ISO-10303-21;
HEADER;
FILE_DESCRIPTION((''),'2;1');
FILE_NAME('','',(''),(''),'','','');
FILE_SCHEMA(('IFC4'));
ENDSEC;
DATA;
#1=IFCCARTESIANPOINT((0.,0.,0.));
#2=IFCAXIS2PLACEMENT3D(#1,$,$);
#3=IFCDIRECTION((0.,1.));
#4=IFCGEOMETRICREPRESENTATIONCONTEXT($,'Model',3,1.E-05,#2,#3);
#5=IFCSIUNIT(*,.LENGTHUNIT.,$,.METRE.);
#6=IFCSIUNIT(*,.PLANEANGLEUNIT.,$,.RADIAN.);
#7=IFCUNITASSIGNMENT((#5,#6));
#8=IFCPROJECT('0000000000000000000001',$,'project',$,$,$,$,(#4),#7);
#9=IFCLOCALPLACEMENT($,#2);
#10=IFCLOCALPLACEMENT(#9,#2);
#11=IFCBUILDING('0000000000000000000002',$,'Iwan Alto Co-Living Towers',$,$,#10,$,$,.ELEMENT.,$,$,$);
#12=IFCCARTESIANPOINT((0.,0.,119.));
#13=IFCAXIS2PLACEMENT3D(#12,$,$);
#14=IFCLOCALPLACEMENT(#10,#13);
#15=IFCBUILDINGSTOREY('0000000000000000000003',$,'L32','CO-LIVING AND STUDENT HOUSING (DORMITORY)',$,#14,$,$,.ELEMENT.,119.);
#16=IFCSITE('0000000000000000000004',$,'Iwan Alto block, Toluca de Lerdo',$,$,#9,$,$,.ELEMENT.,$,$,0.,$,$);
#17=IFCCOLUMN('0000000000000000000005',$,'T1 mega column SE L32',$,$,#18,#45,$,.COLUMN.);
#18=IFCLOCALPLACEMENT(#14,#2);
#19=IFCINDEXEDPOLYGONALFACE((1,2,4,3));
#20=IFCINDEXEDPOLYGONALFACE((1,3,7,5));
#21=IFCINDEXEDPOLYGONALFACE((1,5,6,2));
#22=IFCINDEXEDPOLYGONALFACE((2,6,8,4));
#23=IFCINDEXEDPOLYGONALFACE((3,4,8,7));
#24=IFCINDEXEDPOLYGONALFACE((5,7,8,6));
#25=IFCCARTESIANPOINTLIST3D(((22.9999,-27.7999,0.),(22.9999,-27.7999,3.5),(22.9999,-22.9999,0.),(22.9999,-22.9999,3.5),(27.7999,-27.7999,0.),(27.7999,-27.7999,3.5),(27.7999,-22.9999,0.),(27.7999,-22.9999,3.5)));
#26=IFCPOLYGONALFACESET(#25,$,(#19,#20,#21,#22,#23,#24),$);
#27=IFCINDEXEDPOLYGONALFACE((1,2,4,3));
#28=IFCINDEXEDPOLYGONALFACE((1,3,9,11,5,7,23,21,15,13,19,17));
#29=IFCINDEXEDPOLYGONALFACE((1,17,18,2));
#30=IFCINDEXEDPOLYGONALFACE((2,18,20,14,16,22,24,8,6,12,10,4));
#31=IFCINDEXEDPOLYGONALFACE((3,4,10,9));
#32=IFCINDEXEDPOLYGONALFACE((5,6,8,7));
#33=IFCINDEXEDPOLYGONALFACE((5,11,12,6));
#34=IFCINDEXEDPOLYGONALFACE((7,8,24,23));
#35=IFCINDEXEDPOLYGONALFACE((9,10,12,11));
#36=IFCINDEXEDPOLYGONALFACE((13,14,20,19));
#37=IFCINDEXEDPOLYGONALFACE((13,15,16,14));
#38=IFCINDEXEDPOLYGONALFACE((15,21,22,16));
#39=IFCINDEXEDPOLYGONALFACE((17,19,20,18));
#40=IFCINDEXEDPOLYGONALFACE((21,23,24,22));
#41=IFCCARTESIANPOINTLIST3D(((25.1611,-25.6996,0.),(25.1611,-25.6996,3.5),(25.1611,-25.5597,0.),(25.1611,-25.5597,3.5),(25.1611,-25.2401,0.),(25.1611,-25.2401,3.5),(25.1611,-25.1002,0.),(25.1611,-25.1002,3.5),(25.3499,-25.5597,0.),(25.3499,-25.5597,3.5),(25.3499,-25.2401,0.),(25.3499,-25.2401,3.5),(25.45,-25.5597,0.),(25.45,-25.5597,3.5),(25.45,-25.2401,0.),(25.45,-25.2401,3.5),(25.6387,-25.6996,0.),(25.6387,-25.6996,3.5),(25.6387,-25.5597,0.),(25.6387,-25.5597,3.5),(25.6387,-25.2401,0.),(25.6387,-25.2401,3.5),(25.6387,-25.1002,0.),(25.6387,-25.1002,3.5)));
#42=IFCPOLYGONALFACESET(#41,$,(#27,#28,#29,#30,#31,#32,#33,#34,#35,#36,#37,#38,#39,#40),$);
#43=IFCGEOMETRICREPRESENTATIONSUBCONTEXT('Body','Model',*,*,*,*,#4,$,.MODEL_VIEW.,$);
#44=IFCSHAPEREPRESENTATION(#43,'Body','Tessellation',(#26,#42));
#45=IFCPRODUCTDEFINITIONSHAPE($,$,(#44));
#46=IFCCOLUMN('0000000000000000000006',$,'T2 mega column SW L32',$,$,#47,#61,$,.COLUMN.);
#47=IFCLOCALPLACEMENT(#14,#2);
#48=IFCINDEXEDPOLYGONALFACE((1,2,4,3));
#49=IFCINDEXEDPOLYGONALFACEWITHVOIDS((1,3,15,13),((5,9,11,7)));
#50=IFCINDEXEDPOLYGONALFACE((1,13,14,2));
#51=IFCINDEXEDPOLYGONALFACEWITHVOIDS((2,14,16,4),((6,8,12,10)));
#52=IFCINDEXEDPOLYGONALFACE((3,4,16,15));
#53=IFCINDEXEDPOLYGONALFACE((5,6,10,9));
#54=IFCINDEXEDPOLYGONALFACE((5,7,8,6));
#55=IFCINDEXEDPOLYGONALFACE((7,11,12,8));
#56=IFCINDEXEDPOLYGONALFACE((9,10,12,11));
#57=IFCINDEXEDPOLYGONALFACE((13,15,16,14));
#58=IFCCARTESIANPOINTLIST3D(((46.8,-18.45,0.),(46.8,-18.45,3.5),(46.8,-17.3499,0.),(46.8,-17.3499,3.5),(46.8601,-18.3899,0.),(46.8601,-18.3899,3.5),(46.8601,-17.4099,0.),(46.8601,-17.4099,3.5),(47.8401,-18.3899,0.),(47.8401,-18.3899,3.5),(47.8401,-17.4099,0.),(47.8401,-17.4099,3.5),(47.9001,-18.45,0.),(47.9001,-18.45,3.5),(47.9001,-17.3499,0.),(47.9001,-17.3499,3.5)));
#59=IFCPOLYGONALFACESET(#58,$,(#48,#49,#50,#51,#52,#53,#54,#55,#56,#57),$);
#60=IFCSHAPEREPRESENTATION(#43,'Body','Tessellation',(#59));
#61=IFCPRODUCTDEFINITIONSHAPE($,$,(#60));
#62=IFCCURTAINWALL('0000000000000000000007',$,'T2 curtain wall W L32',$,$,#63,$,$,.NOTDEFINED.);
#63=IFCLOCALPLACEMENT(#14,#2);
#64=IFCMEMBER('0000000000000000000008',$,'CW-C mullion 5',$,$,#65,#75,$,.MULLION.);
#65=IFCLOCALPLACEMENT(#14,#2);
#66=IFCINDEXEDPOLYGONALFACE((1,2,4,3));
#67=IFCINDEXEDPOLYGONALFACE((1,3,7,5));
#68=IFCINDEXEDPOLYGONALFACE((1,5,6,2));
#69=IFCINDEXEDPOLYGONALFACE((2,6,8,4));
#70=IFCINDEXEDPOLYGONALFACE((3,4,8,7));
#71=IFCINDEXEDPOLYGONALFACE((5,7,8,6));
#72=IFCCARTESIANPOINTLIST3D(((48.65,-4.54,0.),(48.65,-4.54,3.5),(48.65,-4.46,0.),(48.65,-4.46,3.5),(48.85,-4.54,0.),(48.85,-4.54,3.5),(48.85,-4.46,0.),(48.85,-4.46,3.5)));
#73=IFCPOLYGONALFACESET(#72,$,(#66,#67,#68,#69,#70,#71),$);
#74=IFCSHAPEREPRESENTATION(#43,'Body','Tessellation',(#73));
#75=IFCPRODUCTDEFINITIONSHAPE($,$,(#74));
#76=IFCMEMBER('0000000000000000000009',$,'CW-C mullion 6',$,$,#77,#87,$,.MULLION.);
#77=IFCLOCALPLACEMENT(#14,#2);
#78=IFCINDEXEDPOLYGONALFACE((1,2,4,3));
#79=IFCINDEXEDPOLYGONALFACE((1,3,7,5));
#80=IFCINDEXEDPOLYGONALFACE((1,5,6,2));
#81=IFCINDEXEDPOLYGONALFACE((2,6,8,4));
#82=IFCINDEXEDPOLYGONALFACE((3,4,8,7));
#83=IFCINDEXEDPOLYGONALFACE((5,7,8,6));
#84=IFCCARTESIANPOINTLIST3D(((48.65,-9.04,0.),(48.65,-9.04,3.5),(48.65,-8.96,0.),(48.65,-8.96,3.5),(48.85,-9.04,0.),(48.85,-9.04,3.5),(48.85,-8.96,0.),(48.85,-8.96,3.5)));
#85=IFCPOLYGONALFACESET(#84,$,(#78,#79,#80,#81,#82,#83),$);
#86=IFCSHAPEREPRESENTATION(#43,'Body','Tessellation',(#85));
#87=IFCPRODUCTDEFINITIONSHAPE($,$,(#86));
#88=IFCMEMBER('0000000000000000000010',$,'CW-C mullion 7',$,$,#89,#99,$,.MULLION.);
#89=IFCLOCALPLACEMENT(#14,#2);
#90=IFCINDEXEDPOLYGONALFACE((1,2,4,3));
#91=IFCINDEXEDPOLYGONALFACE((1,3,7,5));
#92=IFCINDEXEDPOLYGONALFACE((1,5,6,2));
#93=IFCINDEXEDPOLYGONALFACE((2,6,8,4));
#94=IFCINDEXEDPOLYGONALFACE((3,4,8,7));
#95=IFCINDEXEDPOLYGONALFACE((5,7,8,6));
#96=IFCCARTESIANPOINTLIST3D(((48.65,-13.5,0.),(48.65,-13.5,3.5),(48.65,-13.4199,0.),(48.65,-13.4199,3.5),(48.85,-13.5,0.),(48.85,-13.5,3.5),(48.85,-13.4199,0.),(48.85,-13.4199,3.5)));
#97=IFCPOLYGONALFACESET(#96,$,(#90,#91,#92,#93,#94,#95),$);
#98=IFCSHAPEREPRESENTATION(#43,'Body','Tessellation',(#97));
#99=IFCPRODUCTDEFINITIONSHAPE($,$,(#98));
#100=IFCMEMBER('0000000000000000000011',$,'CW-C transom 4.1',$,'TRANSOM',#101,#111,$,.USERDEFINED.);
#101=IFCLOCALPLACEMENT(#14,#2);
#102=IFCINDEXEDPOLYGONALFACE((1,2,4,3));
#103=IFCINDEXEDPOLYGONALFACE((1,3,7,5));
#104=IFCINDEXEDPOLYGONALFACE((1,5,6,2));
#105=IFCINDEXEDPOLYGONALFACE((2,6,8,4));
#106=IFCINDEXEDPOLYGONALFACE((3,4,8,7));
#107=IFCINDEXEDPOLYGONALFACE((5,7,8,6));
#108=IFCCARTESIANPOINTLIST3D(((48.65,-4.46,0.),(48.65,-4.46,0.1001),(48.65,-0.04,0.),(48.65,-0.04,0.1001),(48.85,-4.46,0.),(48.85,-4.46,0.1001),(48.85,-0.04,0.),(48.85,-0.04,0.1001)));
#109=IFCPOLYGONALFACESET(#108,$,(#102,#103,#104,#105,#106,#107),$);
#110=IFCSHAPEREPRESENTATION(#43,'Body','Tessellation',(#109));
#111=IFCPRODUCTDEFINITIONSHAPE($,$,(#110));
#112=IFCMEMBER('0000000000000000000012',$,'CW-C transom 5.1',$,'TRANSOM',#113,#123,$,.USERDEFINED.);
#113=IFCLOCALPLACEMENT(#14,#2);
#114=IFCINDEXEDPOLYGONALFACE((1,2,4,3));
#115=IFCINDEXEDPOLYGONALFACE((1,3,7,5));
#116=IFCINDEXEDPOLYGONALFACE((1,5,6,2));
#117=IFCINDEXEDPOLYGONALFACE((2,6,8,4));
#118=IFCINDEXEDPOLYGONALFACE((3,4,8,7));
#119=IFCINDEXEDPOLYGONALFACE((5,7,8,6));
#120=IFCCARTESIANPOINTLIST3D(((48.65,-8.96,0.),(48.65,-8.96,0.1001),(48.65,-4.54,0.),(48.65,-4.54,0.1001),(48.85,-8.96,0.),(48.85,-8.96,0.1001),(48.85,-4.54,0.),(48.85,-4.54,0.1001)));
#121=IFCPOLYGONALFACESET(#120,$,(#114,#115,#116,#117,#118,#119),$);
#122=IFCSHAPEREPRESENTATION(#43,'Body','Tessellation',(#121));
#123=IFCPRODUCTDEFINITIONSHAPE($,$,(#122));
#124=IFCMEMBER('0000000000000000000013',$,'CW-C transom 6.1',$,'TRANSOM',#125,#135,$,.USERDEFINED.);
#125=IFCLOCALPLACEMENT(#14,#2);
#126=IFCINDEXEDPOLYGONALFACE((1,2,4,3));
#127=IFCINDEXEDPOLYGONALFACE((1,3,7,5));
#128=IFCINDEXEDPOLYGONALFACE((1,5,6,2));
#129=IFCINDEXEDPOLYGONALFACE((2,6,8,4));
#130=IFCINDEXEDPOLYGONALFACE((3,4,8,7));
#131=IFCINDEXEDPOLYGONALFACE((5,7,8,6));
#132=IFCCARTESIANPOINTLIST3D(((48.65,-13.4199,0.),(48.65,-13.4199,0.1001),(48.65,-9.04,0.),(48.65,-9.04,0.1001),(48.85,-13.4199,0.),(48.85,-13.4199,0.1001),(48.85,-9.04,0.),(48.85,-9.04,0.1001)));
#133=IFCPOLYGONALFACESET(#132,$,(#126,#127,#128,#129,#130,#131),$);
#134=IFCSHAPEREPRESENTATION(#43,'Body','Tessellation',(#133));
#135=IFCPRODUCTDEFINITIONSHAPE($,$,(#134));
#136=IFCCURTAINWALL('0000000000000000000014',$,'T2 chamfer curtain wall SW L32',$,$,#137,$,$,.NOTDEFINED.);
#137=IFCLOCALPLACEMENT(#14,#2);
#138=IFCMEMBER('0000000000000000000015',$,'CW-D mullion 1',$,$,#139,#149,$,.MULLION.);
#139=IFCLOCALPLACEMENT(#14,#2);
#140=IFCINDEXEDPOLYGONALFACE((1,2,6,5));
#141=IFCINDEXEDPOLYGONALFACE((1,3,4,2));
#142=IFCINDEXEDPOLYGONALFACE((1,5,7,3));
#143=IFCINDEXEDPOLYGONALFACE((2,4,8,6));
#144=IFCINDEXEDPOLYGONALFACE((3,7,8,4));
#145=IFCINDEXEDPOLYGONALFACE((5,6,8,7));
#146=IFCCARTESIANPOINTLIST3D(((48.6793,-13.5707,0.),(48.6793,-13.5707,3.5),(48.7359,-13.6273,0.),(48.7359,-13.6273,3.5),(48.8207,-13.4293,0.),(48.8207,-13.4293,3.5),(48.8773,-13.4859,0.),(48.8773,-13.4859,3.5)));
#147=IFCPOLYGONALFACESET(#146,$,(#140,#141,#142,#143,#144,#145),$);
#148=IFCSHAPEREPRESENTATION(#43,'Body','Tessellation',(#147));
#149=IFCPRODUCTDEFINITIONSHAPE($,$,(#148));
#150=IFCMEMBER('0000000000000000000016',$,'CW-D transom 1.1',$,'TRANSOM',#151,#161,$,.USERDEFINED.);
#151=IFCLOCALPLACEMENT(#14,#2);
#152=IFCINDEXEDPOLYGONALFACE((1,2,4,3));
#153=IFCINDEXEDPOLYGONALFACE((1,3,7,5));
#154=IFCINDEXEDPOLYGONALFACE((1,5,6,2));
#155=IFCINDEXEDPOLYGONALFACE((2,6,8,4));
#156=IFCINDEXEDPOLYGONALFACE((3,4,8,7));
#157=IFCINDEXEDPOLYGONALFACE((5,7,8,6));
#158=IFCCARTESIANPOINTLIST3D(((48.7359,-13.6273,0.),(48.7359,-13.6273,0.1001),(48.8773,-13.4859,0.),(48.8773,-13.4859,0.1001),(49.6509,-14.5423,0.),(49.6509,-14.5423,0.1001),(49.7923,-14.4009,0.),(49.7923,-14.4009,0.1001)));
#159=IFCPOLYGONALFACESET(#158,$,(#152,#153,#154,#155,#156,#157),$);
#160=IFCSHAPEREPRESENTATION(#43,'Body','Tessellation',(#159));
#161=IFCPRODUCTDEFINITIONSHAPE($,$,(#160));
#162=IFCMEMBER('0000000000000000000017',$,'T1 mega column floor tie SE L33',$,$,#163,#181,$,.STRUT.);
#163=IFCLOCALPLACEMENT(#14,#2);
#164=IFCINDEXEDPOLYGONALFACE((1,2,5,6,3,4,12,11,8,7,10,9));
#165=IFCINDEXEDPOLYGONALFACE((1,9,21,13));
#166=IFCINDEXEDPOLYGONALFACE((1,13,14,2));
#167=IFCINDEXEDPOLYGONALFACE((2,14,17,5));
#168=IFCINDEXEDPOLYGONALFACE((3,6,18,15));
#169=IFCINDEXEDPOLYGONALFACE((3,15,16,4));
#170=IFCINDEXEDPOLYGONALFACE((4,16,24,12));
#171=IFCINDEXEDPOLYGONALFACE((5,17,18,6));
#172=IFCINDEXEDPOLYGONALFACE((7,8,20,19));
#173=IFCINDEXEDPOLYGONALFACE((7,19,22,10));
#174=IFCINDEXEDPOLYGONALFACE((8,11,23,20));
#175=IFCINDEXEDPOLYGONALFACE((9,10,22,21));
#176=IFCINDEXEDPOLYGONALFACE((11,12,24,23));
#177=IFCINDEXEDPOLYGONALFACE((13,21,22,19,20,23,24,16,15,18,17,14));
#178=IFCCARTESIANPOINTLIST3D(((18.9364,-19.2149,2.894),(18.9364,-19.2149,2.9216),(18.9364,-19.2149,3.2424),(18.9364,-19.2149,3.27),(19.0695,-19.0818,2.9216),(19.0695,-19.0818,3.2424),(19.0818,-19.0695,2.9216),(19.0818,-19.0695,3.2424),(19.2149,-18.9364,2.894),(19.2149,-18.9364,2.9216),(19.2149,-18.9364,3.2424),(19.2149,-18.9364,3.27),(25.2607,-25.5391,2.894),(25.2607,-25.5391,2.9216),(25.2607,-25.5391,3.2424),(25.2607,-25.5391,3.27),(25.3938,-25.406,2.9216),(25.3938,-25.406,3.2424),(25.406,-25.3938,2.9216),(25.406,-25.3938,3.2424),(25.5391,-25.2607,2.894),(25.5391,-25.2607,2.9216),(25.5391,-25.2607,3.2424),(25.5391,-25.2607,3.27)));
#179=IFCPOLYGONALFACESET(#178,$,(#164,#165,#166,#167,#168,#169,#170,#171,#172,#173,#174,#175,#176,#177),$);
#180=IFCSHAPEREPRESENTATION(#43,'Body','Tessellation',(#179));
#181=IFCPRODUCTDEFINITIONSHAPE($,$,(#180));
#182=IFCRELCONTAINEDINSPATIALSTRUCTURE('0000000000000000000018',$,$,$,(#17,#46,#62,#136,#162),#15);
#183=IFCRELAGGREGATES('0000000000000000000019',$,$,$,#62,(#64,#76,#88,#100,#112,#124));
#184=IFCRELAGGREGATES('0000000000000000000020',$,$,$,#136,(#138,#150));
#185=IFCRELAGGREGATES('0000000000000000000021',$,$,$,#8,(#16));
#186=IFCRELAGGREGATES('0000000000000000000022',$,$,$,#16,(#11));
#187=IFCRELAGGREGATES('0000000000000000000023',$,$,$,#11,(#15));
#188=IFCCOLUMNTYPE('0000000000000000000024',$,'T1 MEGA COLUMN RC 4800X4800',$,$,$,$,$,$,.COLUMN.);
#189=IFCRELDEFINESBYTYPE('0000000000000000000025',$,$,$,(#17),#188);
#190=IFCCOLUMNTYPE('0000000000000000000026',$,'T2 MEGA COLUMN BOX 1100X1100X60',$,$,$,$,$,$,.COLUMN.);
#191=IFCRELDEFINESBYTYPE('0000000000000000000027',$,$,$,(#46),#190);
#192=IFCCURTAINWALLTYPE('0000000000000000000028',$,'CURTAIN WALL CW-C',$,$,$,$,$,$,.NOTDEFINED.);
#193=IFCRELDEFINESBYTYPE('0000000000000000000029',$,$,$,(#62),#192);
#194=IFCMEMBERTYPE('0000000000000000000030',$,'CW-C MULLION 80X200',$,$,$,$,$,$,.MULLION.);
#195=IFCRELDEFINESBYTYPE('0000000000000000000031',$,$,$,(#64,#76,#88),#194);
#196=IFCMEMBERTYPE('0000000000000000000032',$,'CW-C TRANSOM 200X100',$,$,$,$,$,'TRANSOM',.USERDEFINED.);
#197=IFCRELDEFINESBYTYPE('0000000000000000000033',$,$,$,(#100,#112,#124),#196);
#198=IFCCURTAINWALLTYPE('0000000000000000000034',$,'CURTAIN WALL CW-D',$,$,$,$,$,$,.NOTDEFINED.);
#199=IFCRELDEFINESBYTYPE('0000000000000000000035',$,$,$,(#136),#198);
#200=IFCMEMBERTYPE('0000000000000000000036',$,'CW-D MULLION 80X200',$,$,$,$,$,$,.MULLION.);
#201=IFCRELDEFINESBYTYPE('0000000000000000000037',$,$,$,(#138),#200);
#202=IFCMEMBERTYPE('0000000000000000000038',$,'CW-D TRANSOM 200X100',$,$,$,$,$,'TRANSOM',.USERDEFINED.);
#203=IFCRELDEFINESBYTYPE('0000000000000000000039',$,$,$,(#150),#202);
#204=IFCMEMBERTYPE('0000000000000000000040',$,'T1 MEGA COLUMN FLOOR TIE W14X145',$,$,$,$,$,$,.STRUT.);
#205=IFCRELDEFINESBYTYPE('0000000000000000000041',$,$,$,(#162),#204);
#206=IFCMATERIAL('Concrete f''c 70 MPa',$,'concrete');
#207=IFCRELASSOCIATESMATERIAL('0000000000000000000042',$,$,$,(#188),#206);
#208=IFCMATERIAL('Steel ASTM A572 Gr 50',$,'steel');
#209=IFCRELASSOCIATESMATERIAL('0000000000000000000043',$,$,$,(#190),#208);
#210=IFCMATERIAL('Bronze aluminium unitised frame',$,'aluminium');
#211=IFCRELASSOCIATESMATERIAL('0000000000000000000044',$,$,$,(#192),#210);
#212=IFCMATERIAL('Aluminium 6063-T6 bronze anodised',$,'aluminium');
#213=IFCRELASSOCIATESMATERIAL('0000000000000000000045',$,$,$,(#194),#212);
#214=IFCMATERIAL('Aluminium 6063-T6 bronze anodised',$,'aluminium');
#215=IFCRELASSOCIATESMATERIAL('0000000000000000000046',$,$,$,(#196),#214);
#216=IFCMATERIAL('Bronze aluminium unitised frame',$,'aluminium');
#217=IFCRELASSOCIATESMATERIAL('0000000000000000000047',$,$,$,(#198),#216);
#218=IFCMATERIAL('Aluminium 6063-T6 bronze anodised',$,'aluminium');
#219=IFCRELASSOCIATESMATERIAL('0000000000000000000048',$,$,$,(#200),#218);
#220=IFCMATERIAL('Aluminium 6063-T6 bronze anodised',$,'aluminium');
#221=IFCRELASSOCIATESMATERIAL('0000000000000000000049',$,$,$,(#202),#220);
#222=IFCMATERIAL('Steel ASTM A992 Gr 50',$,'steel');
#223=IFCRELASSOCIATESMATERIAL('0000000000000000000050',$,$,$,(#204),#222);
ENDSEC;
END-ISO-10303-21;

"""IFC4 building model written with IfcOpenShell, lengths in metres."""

from ifc_helpers import new_model, si_unit, direction, frame, origin, origin_2d, place, context, subcontext, project, spatial, rectangle, hollow_rectangle, i_section, extrude, material, material_profile, profile_set, type_object, element, aggregate, save


model = new_model("IFC4")

# Units and contexts
model_context = context("Model", 3, precision=1e-05, world=origin(), true_north=direction((0.0, 1.0)))
body_context = subcontext(model_context, "Body", "Model", "MODEL_VIEW")
ifc_project = project(units=[si_unit("LENGTHUNIT", "METRE"), si_unit("PLANEANGLEUNIT", "RADIAN")], contexts=[model_context])

# Site, building, storey
site_placement = place(None, origin())
site = spatial("IfcSite", under=ifc_project, at=site_placement, Name="Iwan Alto block, Toluca de Lerdo", CompositionType="ELEMENT", RefElevation=0.0)
building_placement = place(site_placement, origin())
building = spatial("IfcBuilding", under=site, at=building_placement, Name="Iwan Alto Co-Living Towers", CompositionType="ELEMENT")
storey_placement = place(building_placement, frame((0.0, 0.0, 119.0)))
storey = spatial("IfcBuildingStorey", under=building, at=storey_placement, Name="L32", Description="CO-LIVING AND STUDENT HOUSING (DORMITORY)", CompositionType="ELEMENT", Elevation=119.0)

# Columns
ifc_material_1 = material(Name="Concrete f'c 70 MPa", Category="concrete")
ifc_material_profile_1 = material_profile(ifc_material_1, rectangle(XDim=4.8, YDim=4.8, at=origin_2d()), Name="RC 4800X4800")
ifc_profile_set_1 = profile_set([ifc_material_profile_1], Name="Concrete f'c 70 MPa")
column_type_1 = type_object("IfcColumnType", Name="T1 MEGA COLUMN RC 4800X4800", PredefinedType="COLUMN", material=ifc_profile_set_1)
column_1_placement = place(storey_placement, frame((25.3999, -25.3999, 0.0), z_axis=(0.0, 0.0, 1.0), x_axis=(1.0, 0.0, 0.0)))
element("IfcColumn", 1, at=column_1_placement, inside=storey, type_object=column_type_1, Name="T1 mega column SE L32", PredefinedType="COLUMN", context=body_context, shape_type="SweptSolid", body=[
    extrude(rectangle(XDim=4.8, YDim=4.8, at=origin_2d()), origin(), (0.0, 0.0, 1.0), 3.5),
    extrude(i_section(OverallWidth=0.4775, OverallDepth=0.5994, WebThickness=0.1001, FlangeThickness=0.1399, at=origin_2d()), origin(), (0.0, 0.0, 1.0), 3.5),
])
ifc_material_2 = material(Name="Steel ASTM A572 Gr 50", Category="steel")
ifc_material_profile_2 = material_profile(ifc_material_2, hollow_rectangle(XDim=1.1001, YDim=1.1001, WallThickness=0.0601, at=origin_2d()), Name="BOX 1100X1100X60")
ifc_profile_set_2 = profile_set([ifc_material_profile_2], Name="Steel ASTM A572 Gr 50")
column_type_2 = type_object("IfcColumnType", Name="T2 MEGA COLUMN BOX 1100X1100X60", PredefinedType="COLUMN", material=ifc_profile_set_2)
column_2_placement = place(storey_placement, frame((47.3501, -17.8999, 0.0), z_axis=(0.0, 0.0, 1.0), x_axis=(1.0, 0.0, 0.0)))
element("IfcColumn", 2, at=column_2_placement, inside=storey, type_object=column_type_2, Name="T2 mega column SW L32", PredefinedType="COLUMN", context=body_context, shape_type="SweptSolid", body=[
    extrude(hollow_rectangle(XDim=1.1001, YDim=1.1001, WallThickness=0.0601, at=origin_2d()), origin(), (0.0, 0.0, 1.0), 3.5),
])

# Curtain walls, members
ifc_material_3 = material(Name="Bronze aluminium unitised frame", Category="aluminium")
curtain_wall_type_1 = type_object("IfcCurtainWallType", Name="CURTAIN WALL CW-C", PredefinedType="NOTDEFINED", material=ifc_material_3)
curtain_wall_1_placement = place(storey_placement, origin())
curtain_wall_1 = element("IfcCurtainWall", 3, at=curtain_wall_1_placement, inside=storey, type_object=curtain_wall_type_1, Name="T2 curtain wall W L32", PredefinedType="NOTDEFINED")
ifc_material_4 = material(Name="Aluminium 6063-T6 bronze anodised", Category="aluminium")
ifc_material_profile_3 = material_profile(ifc_material_4, rectangle(XDim=0.2, YDim=0.0801, at=origin_2d()), Name="AL 80X200")
ifc_profile_set_3 = profile_set([ifc_material_profile_3], Name="Aluminium 6063-T6 bronze anodised")
member_type_1 = type_object("IfcMemberType", Name="CW-C MULLION 80X200", PredefinedType="MULLION", material=ifc_profile_set_3)
member_1_placement = place(storey_placement, frame((48.75, -4.5, 0.0), z_axis=(0.0, 0.0, 1.0), x_axis=(1.0, 0.0, 0.0)))
member_1 = element("IfcMember", 4, at=member_1_placement, type_object=member_type_1, Name="CW-C mullion 5", PredefinedType="MULLION", context=body_context, shape_type="SweptSolid", body=[
    extrude(rectangle(XDim=0.2, YDim=0.0801, at=origin_2d()), origin(), (0.0, 0.0, 1.0), 3.5),
])
member_2_placement = place(storey_placement, frame((48.75, -9.0, 0.0), z_axis=(0.0, 0.0, 1.0), x_axis=(1.0, 0.0, 0.0)))
member_2 = element("IfcMember", 5, at=member_2_placement, type_object=member_type_1, Name="CW-C mullion 6", PredefinedType="MULLION", context=body_context, shape_type="SweptSolid", body=[
    extrude(rectangle(XDim=0.2, YDim=0.0801, at=origin_2d()), origin(), (0.0, 0.0, 1.0), 3.5),
])
member_3_placement = place(storey_placement, frame((48.75, -13.46, 0.0), z_axis=(0.0, 0.0, 1.0), x_axis=(1.0, 0.0, 0.0)))
member_3 = element("IfcMember", 6, at=member_3_placement, type_object=member_type_1, Name="CW-C mullion 7", PredefinedType="MULLION", context=body_context, shape_type="SweptSolid", body=[
    extrude(rectangle(XDim=0.2, YDim=0.0801, at=origin_2d()), origin(), (0.0, 0.0, 1.0), 3.5),
])
ifc_material_5 = material(Name="Aluminium 6063-T6 bronze anodised", Category="aluminium")
ifc_material_profile_4 = material_profile(ifc_material_5, rectangle(XDim=0.2, YDim=0.1001, at=origin_2d()), Name="AL 200X100")
ifc_profile_set_4 = profile_set([ifc_material_profile_4], Name="Aluminium 6063-T6 bronze anodised")
member_type_2 = type_object("IfcMemberType", Name="CW-C TRANSOM 200X100", ElementType="TRANSOM", PredefinedType="USERDEFINED", material=ifc_profile_set_4)
member_4_placement = place(storey_placement, frame((48.75, -0.04, 0.05), z_axis=(0.0, -1.0, 0.0), x_axis=(1.0, 0.0, 0.0)))
member_4 = element("IfcMember", 7, at=member_4_placement, type_object=member_type_2, Name="CW-C transom 4.1", ObjectType="TRANSOM", PredefinedType="USERDEFINED", context=body_context, shape_type="SweptSolid", body=[
    extrude(rectangle(XDim=0.2, YDim=0.1001, at=origin_2d()), origin(), (0.0, 0.0, 1.0), 4.4199),
])
member_5_placement = place(storey_placement, frame((48.75, -4.54, 0.05), z_axis=(0.0, -1.0, 0.0), x_axis=(1.0, 0.0, 0.0)))
member_5 = element("IfcMember", 8, at=member_5_placement, type_object=member_type_2, Name="CW-C transom 5.1", ObjectType="TRANSOM", PredefinedType="USERDEFINED", context=body_context, shape_type="SweptSolid", body=[
    extrude(rectangle(XDim=0.2, YDim=0.1001, at=origin_2d()), origin(), (0.0, 0.0, 1.0), 4.4199),
])
member_6_placement = place(storey_placement, frame((48.75, -9.04, 0.05), z_axis=(0.0, -1.0, 0.0), x_axis=(1.0, 0.0, 0.0)))
member_6 = element("IfcMember", 9, at=member_6_placement, type_object=member_type_2, Name="CW-C transom 6.1", ObjectType="TRANSOM", PredefinedType="USERDEFINED", context=body_context, shape_type="SweptSolid", body=[
    extrude(rectangle(XDim=0.2, YDim=0.1001, at=origin_2d()), origin(), (0.0, 0.0, 1.0), 4.3799),
])
ifc_material_6 = material(Name="Bronze aluminium unitised frame", Category="aluminium")
curtain_wall_type_2 = type_object("IfcCurtainWallType", Name="CURTAIN WALL CW-D", PredefinedType="NOTDEFINED", material=ifc_material_6)
curtain_wall_2_placement = place(storey_placement, origin())
curtain_wall_2 = element("IfcCurtainWall", 10, at=curtain_wall_2_placement, inside=storey, type_object=curtain_wall_type_2, Name="T2 chamfer curtain wall SW L32", PredefinedType="NOTDEFINED")
ifc_material_7 = material(Name="Aluminium 6063-T6 bronze anodised", Category="aluminium")
ifc_material_profile_5 = material_profile(ifc_material_7, rectangle(XDim=0.2, YDim=0.0801, at=origin_2d()), Name="AL 80X200")
ifc_profile_set_5 = profile_set([ifc_material_profile_5], Name="Aluminium 6063-T6 bronze anodised")
member_type_3 = type_object("IfcMemberType", Name="CW-D MULLION 80X200", PredefinedType="MULLION", material=ifc_profile_set_5)
member_7_placement = place(storey_placement, frame((48.7783, -13.5283, 0.0), z_axis=(0.0, 0.0, 1.0), x_axis=(0.707107, 0.707107, 0.0)))
member_7 = element("IfcMember", 11, at=member_7_placement, type_object=member_type_3, Name="CW-D mullion 1", PredefinedType="MULLION", context=body_context, shape_type="SweptSolid", body=[
    extrude(rectangle(XDim=0.2, YDim=0.0801, at=origin_2d()), origin(), (0.0, 0.0, 1.0), 3.5),
])
ifc_material_8 = material(Name="Aluminium 6063-T6 bronze anodised", Category="aluminium")
ifc_material_profile_6 = material_profile(ifc_material_8, rectangle(XDim=0.2, YDim=0.1001, at=origin_2d()), Name="AL 200X100")
ifc_profile_set_6 = profile_set([ifc_material_profile_6], Name="Aluminium 6063-T6 bronze anodised")
member_type_4 = type_object("IfcMemberType", Name="CW-D TRANSOM 200X100", ElementType="TRANSOM", PredefinedType="USERDEFINED", material=ifc_profile_set_6)
member_8_placement = place(storey_placement, frame((48.8066, -13.5566, 0.05), z_axis=(0.707107, -0.707107, 0.0), x_axis=(0.707107, 0.707107, 0.0)))
member_8 = element("IfcMember", 12, at=member_8_placement, type_object=member_type_4, Name="CW-D transom 1.1", ObjectType="TRANSOM", PredefinedType="USERDEFINED", context=body_context, shape_type="SweptSolid", body=[
    extrude(rectangle(XDim=0.2, YDim=0.1001, at=origin_2d()), origin(), (0.0, 0.0, 1.0), 1.2939),
])

# Member
ifc_material_9 = material(Name="Steel ASTM A992 Gr 50", Category="steel")
ifc_material_profile_7 = material_profile(ifc_material_9, i_section(OverallWidth=0.3938, OverallDepth=0.376, WebThickness=0.0173, FlangeThickness=0.0276, at=origin_2d()), Name="W14X145")
ifc_profile_set_7 = profile_set([ifc_material_profile_7], Name="Steel ASTM A992 Gr 50")
member_type_5 = type_object("IfcMemberType", Name="T1 MEGA COLUMN FLOOR TIE W14X145", PredefinedType="STRUT", material=ifc_profile_set_7)
member_9_placement = place(storey_placement, frame((25.3999, -25.3999, 3.082), z_axis=(-0.707107, 0.707107, 0.0), x_axis=(-0.707107, -0.707107, 0.0)))
element("IfcMember", 13, at=member_9_placement, inside=storey, type_object=member_type_5, Name="T1 mega column floor tie SE L33", PredefinedType="STRUT", context=body_context, shape_type="SweptSolid", body=[
    extrude(i_section(OverallWidth=0.3938, OverallDepth=0.376, WebThickness=0.0173, FlangeThickness=0.0276, at=origin_2d()), origin(), (0.0, 0.0, 1.0), 8.9438),
])

aggregate(curtain_wall_1, [member_1, member_2, member_3, member_4, member_5, member_6])
aggregate(curtain_wall_2, [member_7, member_8])

save(model, "model.ifc")
